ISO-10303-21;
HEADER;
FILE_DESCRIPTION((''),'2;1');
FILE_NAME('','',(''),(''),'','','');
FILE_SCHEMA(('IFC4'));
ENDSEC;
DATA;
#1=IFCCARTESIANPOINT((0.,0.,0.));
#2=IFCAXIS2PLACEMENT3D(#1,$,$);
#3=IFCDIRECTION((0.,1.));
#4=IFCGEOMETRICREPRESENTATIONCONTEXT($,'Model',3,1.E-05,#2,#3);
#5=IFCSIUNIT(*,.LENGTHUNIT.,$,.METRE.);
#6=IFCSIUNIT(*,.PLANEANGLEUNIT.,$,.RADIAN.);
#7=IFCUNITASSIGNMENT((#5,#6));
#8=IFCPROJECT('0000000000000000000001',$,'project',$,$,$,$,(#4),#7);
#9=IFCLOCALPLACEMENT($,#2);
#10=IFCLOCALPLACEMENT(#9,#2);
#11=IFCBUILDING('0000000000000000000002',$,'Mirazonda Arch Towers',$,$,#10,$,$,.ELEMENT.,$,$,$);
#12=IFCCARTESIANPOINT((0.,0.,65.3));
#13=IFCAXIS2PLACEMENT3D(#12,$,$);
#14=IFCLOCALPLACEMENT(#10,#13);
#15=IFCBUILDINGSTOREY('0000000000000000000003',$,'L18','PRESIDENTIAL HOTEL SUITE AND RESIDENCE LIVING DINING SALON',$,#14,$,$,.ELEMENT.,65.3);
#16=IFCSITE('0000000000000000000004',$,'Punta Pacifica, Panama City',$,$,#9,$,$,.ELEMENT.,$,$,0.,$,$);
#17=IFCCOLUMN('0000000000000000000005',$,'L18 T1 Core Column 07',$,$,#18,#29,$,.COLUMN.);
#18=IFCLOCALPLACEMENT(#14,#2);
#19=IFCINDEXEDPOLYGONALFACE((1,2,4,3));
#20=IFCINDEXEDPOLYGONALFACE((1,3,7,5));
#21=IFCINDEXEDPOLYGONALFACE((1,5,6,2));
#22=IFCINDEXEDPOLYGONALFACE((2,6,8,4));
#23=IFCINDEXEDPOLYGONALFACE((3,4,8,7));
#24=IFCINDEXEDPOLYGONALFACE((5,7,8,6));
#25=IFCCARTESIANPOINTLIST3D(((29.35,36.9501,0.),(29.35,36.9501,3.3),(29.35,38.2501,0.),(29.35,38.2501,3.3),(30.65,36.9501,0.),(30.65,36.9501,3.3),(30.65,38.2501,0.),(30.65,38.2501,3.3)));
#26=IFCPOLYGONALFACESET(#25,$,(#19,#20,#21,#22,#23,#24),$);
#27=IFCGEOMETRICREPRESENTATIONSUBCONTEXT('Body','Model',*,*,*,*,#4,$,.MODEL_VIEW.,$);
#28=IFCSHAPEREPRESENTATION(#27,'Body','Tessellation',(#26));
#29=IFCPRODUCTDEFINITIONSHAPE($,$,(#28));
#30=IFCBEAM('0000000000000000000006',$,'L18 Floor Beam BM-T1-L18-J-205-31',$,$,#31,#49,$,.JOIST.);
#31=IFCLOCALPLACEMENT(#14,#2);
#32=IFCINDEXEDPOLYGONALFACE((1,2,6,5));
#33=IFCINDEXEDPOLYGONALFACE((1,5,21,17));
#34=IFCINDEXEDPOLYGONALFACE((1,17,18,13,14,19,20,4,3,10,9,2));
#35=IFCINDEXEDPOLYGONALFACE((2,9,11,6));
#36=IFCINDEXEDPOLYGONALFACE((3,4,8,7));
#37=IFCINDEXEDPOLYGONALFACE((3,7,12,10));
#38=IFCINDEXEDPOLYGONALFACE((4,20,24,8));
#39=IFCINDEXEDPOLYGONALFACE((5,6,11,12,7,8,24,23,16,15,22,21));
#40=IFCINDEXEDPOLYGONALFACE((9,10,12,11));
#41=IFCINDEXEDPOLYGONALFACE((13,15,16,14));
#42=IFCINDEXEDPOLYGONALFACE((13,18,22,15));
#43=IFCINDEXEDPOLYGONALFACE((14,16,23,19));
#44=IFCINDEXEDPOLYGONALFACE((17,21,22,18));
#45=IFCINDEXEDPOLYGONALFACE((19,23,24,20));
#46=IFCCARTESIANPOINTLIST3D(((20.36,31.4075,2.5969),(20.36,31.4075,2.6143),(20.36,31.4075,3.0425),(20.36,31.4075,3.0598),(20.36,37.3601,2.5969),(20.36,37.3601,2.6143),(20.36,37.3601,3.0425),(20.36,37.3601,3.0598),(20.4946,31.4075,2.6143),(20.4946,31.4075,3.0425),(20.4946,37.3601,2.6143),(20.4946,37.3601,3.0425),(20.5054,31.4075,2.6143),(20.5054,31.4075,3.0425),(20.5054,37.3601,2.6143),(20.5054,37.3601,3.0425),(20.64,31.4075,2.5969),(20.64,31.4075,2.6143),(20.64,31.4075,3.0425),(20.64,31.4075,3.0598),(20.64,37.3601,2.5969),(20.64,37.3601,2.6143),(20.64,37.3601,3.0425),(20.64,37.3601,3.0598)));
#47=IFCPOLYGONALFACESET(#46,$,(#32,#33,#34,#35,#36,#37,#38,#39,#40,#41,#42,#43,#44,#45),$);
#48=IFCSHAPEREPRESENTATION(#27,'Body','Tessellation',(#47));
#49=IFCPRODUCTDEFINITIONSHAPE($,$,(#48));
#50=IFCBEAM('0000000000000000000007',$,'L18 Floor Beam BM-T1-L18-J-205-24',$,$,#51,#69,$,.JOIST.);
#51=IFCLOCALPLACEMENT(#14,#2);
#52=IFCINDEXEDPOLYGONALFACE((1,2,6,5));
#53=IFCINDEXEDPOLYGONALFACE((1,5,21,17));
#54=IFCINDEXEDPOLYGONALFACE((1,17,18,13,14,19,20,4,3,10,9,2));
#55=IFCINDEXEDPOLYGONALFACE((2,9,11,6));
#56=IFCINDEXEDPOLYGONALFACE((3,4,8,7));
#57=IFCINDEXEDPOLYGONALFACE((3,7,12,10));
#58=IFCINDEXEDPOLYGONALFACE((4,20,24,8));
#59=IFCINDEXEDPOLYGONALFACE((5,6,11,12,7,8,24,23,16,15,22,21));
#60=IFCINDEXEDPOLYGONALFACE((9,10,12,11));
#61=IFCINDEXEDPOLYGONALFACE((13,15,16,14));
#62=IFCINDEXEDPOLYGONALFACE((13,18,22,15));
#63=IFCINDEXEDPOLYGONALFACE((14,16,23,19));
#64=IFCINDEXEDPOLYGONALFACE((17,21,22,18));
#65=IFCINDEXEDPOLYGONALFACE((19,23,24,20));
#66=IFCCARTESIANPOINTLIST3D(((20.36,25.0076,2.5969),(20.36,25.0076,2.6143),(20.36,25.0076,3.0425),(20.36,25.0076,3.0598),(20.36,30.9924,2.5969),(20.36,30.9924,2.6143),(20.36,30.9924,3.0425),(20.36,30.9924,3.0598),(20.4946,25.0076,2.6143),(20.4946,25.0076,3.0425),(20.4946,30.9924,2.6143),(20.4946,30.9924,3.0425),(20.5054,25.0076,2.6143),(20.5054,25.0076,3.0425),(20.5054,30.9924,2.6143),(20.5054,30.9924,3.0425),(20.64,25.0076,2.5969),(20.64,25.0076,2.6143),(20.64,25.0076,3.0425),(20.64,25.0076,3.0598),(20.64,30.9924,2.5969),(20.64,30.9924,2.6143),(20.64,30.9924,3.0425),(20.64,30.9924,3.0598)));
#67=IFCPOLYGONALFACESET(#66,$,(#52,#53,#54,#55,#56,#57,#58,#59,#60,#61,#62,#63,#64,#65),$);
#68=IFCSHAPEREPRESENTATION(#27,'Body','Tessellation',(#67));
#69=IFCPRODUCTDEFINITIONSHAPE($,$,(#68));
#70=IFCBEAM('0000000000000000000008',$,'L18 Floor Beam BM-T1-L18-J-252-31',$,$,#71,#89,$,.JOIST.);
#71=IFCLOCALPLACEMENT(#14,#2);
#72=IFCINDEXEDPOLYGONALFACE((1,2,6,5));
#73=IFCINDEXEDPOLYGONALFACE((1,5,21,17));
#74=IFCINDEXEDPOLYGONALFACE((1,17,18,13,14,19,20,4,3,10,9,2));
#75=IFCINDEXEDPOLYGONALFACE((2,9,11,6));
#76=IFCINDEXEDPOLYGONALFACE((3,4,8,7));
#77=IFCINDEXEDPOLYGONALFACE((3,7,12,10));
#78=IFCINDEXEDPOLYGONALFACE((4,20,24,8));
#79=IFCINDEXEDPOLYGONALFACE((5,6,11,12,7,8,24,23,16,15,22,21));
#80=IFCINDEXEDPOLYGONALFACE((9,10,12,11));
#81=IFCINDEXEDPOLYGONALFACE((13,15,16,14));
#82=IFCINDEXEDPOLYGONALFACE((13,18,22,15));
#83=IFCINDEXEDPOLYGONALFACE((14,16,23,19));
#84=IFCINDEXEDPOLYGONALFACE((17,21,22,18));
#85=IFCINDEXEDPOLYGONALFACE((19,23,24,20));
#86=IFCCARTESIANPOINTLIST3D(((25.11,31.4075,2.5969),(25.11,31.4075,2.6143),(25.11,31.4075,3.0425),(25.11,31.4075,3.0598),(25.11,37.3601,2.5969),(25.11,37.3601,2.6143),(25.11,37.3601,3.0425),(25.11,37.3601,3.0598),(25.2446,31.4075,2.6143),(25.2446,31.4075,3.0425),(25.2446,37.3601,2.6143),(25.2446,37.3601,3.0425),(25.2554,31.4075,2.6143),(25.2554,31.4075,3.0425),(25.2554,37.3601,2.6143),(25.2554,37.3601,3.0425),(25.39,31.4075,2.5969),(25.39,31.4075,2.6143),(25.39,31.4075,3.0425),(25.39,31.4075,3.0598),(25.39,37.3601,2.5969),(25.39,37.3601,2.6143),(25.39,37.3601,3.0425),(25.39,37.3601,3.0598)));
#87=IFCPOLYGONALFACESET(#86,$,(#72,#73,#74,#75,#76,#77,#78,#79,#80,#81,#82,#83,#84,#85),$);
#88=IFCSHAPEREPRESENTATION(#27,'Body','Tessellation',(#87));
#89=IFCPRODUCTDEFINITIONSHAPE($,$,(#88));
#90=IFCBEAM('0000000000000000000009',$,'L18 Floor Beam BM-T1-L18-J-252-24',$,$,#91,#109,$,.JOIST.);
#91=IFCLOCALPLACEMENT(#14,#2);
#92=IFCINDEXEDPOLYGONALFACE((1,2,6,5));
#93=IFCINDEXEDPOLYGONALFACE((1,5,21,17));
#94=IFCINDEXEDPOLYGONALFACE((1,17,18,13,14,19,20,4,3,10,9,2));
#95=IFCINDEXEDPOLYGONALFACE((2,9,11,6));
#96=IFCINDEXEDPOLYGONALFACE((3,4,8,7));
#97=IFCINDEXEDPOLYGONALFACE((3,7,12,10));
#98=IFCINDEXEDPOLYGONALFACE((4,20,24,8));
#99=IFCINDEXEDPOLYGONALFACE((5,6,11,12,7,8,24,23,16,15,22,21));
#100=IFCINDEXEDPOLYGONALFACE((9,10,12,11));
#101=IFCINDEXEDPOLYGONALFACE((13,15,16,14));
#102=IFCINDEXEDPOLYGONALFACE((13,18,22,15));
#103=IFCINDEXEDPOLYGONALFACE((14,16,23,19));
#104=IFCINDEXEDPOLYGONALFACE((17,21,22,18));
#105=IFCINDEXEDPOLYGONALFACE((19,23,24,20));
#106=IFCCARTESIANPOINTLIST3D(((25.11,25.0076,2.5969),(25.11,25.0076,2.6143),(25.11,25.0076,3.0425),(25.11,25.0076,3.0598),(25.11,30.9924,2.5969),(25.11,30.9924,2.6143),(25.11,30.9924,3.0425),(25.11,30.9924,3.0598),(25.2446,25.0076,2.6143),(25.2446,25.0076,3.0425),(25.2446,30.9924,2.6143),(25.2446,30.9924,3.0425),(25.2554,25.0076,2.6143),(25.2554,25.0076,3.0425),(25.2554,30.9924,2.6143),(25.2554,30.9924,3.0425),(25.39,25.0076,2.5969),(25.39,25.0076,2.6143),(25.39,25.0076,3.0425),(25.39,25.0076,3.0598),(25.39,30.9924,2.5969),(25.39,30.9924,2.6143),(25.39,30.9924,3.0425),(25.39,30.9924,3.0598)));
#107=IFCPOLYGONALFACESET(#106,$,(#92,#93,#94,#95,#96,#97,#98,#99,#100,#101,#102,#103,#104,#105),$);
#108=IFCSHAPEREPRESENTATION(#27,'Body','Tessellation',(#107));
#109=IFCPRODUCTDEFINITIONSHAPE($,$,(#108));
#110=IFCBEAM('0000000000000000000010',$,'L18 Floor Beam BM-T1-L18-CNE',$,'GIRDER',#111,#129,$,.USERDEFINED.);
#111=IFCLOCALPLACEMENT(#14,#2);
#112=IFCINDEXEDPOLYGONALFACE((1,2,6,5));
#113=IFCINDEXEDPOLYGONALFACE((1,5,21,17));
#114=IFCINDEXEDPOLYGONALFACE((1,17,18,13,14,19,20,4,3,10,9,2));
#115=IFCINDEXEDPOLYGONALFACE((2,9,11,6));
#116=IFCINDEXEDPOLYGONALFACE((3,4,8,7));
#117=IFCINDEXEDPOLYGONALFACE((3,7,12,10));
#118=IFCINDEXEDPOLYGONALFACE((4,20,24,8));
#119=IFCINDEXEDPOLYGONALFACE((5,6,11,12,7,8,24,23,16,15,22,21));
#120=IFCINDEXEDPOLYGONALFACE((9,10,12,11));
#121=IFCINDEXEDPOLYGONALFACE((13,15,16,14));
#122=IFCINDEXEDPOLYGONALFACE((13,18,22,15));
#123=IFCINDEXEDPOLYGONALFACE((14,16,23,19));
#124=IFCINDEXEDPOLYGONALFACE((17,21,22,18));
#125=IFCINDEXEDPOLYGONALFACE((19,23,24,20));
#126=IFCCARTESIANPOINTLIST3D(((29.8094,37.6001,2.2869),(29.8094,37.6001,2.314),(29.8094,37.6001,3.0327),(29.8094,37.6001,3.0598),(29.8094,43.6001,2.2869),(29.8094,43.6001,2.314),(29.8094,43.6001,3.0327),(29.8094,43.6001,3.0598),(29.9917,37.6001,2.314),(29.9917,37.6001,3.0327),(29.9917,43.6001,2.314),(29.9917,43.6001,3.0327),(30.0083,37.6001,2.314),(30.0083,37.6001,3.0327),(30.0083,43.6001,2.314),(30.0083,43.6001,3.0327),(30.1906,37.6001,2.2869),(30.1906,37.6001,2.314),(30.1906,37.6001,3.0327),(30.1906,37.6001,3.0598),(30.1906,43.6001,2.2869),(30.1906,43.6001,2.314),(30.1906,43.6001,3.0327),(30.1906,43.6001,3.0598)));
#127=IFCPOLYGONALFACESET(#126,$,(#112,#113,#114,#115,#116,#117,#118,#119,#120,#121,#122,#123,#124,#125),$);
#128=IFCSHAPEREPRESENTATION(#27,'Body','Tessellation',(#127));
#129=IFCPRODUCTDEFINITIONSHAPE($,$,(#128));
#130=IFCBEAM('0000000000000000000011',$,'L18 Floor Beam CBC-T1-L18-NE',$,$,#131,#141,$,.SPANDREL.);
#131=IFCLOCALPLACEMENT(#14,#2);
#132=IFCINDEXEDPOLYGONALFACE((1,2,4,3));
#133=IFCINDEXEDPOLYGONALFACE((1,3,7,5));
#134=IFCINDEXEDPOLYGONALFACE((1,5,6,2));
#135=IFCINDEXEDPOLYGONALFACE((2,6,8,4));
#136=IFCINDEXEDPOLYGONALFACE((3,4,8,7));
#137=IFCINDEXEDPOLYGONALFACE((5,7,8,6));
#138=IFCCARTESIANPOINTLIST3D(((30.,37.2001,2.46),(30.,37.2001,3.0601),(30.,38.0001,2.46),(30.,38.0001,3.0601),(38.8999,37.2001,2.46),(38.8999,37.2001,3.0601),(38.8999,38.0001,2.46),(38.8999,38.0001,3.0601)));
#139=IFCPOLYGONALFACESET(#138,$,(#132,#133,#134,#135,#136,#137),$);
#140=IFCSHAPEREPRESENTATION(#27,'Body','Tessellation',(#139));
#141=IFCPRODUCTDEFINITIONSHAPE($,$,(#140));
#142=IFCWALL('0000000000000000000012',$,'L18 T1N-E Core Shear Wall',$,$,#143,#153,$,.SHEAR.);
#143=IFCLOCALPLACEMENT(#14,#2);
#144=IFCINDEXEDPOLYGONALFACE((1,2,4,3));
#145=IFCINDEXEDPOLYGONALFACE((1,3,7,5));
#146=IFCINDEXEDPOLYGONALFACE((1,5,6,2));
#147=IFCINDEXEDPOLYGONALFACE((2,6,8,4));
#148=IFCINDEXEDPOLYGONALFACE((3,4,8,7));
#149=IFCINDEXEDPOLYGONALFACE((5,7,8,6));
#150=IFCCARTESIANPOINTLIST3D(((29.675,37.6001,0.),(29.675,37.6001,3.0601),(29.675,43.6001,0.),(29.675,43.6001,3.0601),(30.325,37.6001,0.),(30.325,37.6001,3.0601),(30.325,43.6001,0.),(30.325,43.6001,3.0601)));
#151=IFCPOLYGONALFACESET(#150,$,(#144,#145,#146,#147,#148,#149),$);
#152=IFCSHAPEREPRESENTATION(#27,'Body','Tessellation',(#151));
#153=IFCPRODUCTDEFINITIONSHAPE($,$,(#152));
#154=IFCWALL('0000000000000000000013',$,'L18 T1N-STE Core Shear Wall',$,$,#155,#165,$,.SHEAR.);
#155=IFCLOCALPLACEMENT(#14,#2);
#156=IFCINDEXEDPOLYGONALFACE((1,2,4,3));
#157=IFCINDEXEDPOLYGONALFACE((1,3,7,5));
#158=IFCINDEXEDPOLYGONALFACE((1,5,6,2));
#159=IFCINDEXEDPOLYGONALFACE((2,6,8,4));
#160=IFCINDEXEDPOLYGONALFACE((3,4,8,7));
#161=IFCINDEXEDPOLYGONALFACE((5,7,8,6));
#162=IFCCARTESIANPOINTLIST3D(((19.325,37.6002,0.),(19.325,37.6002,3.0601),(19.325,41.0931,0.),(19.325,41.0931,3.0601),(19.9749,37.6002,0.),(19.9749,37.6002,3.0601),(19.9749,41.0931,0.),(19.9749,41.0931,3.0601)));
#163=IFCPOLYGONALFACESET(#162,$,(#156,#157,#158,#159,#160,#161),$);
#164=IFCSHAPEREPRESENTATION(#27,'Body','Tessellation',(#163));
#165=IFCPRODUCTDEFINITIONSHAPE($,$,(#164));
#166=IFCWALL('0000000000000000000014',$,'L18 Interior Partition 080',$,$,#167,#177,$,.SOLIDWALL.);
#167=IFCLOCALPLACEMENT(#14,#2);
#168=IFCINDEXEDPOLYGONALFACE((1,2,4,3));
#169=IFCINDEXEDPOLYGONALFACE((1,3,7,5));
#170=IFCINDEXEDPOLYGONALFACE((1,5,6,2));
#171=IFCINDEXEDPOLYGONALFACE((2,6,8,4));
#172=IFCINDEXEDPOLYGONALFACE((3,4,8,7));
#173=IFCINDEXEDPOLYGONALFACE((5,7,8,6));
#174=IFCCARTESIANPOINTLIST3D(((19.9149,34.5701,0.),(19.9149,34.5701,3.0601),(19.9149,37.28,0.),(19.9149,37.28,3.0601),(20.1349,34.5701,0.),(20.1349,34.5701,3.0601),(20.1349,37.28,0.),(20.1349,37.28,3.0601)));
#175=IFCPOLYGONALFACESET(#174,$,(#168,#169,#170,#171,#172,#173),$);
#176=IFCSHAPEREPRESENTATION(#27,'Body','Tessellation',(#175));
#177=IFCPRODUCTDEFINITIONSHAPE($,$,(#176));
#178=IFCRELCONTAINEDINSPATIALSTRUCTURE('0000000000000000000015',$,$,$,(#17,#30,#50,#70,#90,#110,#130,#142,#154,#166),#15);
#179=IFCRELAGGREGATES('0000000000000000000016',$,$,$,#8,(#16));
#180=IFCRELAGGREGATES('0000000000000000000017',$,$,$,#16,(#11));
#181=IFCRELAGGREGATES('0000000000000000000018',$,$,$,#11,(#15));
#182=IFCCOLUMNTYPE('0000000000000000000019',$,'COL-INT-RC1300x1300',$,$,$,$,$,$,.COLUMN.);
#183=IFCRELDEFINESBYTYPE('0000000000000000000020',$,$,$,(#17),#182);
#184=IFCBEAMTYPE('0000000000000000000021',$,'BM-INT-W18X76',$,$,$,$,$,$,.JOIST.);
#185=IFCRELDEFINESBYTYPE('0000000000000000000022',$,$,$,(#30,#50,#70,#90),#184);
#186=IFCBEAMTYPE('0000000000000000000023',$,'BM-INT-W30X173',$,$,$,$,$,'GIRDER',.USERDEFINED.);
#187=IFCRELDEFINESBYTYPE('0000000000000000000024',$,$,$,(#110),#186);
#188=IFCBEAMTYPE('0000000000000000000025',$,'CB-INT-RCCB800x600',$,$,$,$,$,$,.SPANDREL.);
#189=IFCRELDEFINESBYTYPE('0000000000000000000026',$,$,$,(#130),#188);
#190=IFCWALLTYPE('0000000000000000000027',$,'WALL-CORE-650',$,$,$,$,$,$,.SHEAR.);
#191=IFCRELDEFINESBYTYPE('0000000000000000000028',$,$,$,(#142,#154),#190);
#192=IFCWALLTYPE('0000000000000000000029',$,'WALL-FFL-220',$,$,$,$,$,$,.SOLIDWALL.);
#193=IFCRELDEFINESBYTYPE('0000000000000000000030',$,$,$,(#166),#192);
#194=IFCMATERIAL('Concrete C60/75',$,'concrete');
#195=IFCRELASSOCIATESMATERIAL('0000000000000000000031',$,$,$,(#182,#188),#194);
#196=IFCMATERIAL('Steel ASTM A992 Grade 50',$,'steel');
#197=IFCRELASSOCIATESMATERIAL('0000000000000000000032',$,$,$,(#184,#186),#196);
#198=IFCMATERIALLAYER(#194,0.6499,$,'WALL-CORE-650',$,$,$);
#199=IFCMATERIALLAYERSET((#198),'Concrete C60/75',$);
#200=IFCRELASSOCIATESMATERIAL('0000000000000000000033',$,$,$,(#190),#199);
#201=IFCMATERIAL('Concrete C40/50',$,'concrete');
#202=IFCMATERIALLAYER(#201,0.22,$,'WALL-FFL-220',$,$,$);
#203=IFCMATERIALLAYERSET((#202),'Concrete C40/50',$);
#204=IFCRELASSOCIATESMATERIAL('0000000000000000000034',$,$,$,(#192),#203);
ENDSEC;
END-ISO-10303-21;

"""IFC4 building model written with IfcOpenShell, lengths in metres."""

from ifc_helpers import new_model, si_unit, direction, frame, frame_2d, origin, origin_2d, place, context, subcontext, project, spatial, rectangle, i_section, extrude, material, layer, layer_set, material_profile, profile_set, type_object, element, save


model = new_model("IFC4")

# Units and contexts
model_context = context("Model", 3, precision=1e-05, world=origin(), true_north=direction((0.0, 1.0)))
body_context = subcontext(model_context, "Body", "Model", "MODEL_VIEW")
ifc_project = project(units=[si_unit("LENGTHUNIT", "METRE"), si_unit("PLANEANGLEUNIT", "RADIAN")], contexts=[model_context])

# Site, building, storey
site_placement = place(None, origin())
site = spatial("IfcSite", under=ifc_project, at=site_placement, Name="Punta Pacifica, Panama City", CompositionType="ELEMENT", RefElevation=0.0)
building_placement = place(site_placement, origin())
building = spatial("IfcBuilding", under=site, at=building_placement, Name="Mirazonda Arch Towers", CompositionType="ELEMENT")
storey_placement = place(building_placement, frame((0.0, 0.0, 65.3)))
storey = spatial("IfcBuildingStorey", under=building, at=storey_placement, Name="L18", Description="PRESIDENTIAL HOTEL SUITE AND RESIDENCE LIVING DINING SALON", CompositionType="ELEMENT", Elevation=65.3)

# Column
ifc_material_1 = material(Name="Concrete C60/75", Category="concrete")
ifc_material_profile_1 = material_profile(ifc_material_1, rectangle(XDim=1.3, YDim=1.3, at=origin_2d()), Name="RC1300x1300")
ifc_profile_set_1 = profile_set([ifc_material_profile_1], Name="Concrete C60/75")
column_type = type_object("IfcColumnType", Name="COL-INT-RC1300x1300", PredefinedType="COLUMN", material=ifc_profile_set_1)
column_placement = place(storey_placement, frame((30.0, 37.6001, 0.0), z_axis=(0.0, 0.0, 1.0), x_axis=(1.0, 0.0, 0.0)))
element("IfcColumn", 1, at=column_placement, inside=storey, type_object=column_type, Name="L18 T1 Core Column 07", PredefinedType="COLUMN", context=body_context, shape_type="SweptSolid", body=[
    extrude(rectangle(XDim=1.3, YDim=1.3, at=origin_2d()), origin(), (0.0, 0.0, 1.0), 3.3),
])

# Beams
ifc_material_2 = material(Name="Steel ASTM A992 Grade 50", Category="steel")
ifc_material_profile_2 = material_profile(ifc_material_2, i_section(OverallWidth=0.28, OverallDepth=0.4629, WebThickness=0.0107, FlangeThickness=0.0173, at=origin_2d()), Name="W18X76")
ifc_profile_set_2 = profile_set([ifc_material_profile_2], Name="Steel ASTM A992 Grade 50")
beam_type_1 = type_object("IfcBeamType", Name="BM-INT-W18X76", PredefinedType="JOIST", material=ifc_profile_set_2)
beam_1_placement = place(storey_placement, frame((20.5, 31.4075, 2.8284), z_axis=(0.0, 1.0, 0.0), x_axis=(-1.0, 0.0, 0.0)))
element("IfcBeam", 2, at=beam_1_placement, inside=storey, type_object=beam_type_1, Name="L18 Floor Beam BM-T1-L18-J-205-31", PredefinedType="JOIST", context=body_context, shape_type="SweptSolid", body=[
    extrude(i_section(OverallWidth=0.28, OverallDepth=0.4629, WebThickness=0.0107, FlangeThickness=0.0173, at=origin_2d()), origin(), (0.0, 0.0, 1.0), 5.9526),
])
beam_2_placement = place(storey_placement, frame((20.5, 25.0076, 2.8284), z_axis=(0.0, 1.0, 0.0), x_axis=(-1.0, 0.0, 0.0)))
element("IfcBeam", 3, at=beam_2_placement, inside=storey, type_object=beam_type_1, Name="L18 Floor Beam BM-T1-L18-J-205-24", PredefinedType="JOIST", context=body_context, shape_type="SweptSolid", body=[
    extrude(i_section(OverallWidth=0.28, OverallDepth=0.4629, WebThickness=0.0107, FlangeThickness=0.0173, at=origin_2d()), origin(), (0.0, 0.0, 1.0), 5.9849),
])
beam_3_placement = place(storey_placement, frame((25.25, 31.4075, 2.8284), z_axis=(0.0, 1.0, 0.0), x_axis=(-1.0, 0.0, 0.0)))
element("IfcBeam", 4, at=beam_3_placement, inside=storey, type_object=beam_type_1, Name="L18 Floor Beam BM-T1-L18-J-252-31", PredefinedType="JOIST", context=body_context, shape_type="SweptSolid", body=[
    extrude(i_section(OverallWidth=0.28, OverallDepth=0.4629, WebThickness=0.0107, FlangeThickness=0.0173, at=origin_2d()), origin(), (0.0, 0.0, 1.0), 5.9526),
])
beam_4_placement = place(storey_placement, frame((25.25, 25.0076, 2.8284), z_axis=(0.0, 1.0, 0.0), x_axis=(-1.0, 0.0, 0.0)))
element("IfcBeam", 5, at=beam_4_placement, inside=storey, type_object=beam_type_1, Name="L18 Floor Beam BM-T1-L18-J-252-24", PredefinedType="JOIST", context=body_context, shape_type="SweptSolid", body=[
    extrude(i_section(OverallWidth=0.28, OverallDepth=0.4629, WebThickness=0.0107, FlangeThickness=0.0173, at=origin_2d()), origin(), (0.0, 0.0, 1.0), 5.9849),
])
ifc_material_profile_3 = material_profile(ifc_material_2, i_section(OverallWidth=0.3811, OverallDepth=0.7729, WebThickness=0.0166, FlangeThickness=0.0271, at=origin_2d()), Name="W30X173")
ifc_profile_set_3 = profile_set([ifc_material_profile_3], Name="Steel ASTM A992 Grade 50")
beam_type_2 = type_object("IfcBeamType", Name="BM-INT-W30X173", ElementType="GIRDER", PredefinedType="USERDEFINED", material=ifc_profile_set_3)
beam_5_placement = place(storey_placement, frame((30.0, 37.6001, 2.6733), z_axis=(0.0, 1.0, 0.0), x_axis=(-1.0, 0.0, 0.0)))
element("IfcBeam", 6, at=beam_5_placement, inside=storey, type_object=beam_type_2, Name="L18 Floor Beam BM-T1-L18-CNE", ObjectType="GIRDER", PredefinedType="USERDEFINED", context=body_context, shape_type="SweptSolid", body=[
    extrude(i_section(OverallWidth=0.3811, OverallDepth=0.7729, WebThickness=0.0166, FlangeThickness=0.0271, at=origin_2d()), origin(), (0.0, 0.0, 1.0), 6.0),
])
ifc_material_profile_4 = material_profile(ifc_material_1, rectangle(XDim=0.8, YDim=0.6001, at=origin_2d()), Name="RCCB800x600")
ifc_profile_set_4 = profile_set([ifc_material_profile_4], Name="Concrete C60/75")
beam_type_3 = type_object("IfcBeamType", Name="CB-INT-RCCB800x600", PredefinedType="SPANDREL", material=ifc_profile_set_4)
beam_6_placement = place(storey_placement, frame((30.0, 37.6001, 2.76), z_axis=(1.0, 0.0, 0.0), x_axis=(0.0, 1.0, 0.0)))
element("IfcBeam", 7, at=beam_6_placement, inside=storey, type_object=beam_type_3, Name="L18 Floor Beam CBC-T1-L18-NE", PredefinedType="SPANDREL", context=body_context, shape_type="SweptSolid", body=[
    extrude(rectangle(XDim=0.8, YDim=0.6001, at=origin_2d()), origin(), (0.0, 0.0, 1.0), 8.8999),
])

# Walls
ifc_layer_1 = layer(ifc_material_1, 0.6499, Name="WALL-CORE-650")
ifc_layer_set_1 = layer_set([ifc_layer_1], Name="Concrete C60/75")
wall_type_1 = type_object("IfcWallType", Name="WALL-CORE-650", PredefinedType="SHEAR", material=ifc_layer_set_1)
wall_1_placement = place(storey_placement, frame((30.0, 37.6001, 0.0), z_axis=(0.0, 0.0, 1.0), x_axis=(0.0, 1.0, 0.0)))
element("IfcWall", 8, at=wall_1_placement, inside=storey, type_object=wall_type_1, Name="L18 T1N-E Core Shear Wall", PredefinedType="SHEAR", context=body_context, shape_type="SweptSolid", body=[
    extrude(rectangle(XDim=6.0, YDim=0.6499, at=frame_2d((3.0, 0.0))), origin(), (0.0, 0.0, 1.0), 3.0601),
])
wall_2_placement = place(storey_placement, frame((19.6499, 37.6001, 0.0), z_axis=(0.0, 0.0, 1.0), x_axis=(0.0, 1.0, 0.0)))
element("IfcWall", 9, at=wall_2_placement, inside=storey, type_object=wall_type_1, Name="L18 T1N-STE Core Shear Wall", PredefinedType="SHEAR", context=body_context, shape_type="SweptSolid", body=[
    extrude(rectangle(XDim=3.4929, YDim=0.6499, at=frame_2d((1.7466, 0.0))), origin(), (0.0, 0.0, 1.0), 3.0601),
])
ifc_material_3 = material(Name="Concrete C40/50", Category="concrete")
ifc_layer_2 = layer(ifc_material_3, 0.22, Name="WALL-FFL-220")
ifc_layer_set_2 = layer_set([ifc_layer_2], Name="Concrete C40/50")
wall_type_2 = type_object("IfcWallType", Name="WALL-FFL-220", PredefinedType="SOLIDWALL", material=ifc_layer_set_2)
for number, where, z_axis, x_axis, name in (
    (10, (20.0249, 34.5701, 0.0), (0.0, 0.0, 1.0), (0.0, 1.0, 0.0), "L18 Interior Partition 080"),
):
    element("IfcWall", number, at=place(storey_placement, frame(where, z_axis=z_axis, x_axis=x_axis)), inside=storey, type_object=wall_type_2, Name=name, PredefinedType="SOLIDWALL", context=body_context, shape_type="SweptSolid", body=[
        extrude(rectangle(XDim=2.71, YDim=0.22, at=frame_2d((1.355, 0.0))), origin(), (0.0, 0.0, 1.0), 3.0601),
    ])

save(model, "model.ifc")
